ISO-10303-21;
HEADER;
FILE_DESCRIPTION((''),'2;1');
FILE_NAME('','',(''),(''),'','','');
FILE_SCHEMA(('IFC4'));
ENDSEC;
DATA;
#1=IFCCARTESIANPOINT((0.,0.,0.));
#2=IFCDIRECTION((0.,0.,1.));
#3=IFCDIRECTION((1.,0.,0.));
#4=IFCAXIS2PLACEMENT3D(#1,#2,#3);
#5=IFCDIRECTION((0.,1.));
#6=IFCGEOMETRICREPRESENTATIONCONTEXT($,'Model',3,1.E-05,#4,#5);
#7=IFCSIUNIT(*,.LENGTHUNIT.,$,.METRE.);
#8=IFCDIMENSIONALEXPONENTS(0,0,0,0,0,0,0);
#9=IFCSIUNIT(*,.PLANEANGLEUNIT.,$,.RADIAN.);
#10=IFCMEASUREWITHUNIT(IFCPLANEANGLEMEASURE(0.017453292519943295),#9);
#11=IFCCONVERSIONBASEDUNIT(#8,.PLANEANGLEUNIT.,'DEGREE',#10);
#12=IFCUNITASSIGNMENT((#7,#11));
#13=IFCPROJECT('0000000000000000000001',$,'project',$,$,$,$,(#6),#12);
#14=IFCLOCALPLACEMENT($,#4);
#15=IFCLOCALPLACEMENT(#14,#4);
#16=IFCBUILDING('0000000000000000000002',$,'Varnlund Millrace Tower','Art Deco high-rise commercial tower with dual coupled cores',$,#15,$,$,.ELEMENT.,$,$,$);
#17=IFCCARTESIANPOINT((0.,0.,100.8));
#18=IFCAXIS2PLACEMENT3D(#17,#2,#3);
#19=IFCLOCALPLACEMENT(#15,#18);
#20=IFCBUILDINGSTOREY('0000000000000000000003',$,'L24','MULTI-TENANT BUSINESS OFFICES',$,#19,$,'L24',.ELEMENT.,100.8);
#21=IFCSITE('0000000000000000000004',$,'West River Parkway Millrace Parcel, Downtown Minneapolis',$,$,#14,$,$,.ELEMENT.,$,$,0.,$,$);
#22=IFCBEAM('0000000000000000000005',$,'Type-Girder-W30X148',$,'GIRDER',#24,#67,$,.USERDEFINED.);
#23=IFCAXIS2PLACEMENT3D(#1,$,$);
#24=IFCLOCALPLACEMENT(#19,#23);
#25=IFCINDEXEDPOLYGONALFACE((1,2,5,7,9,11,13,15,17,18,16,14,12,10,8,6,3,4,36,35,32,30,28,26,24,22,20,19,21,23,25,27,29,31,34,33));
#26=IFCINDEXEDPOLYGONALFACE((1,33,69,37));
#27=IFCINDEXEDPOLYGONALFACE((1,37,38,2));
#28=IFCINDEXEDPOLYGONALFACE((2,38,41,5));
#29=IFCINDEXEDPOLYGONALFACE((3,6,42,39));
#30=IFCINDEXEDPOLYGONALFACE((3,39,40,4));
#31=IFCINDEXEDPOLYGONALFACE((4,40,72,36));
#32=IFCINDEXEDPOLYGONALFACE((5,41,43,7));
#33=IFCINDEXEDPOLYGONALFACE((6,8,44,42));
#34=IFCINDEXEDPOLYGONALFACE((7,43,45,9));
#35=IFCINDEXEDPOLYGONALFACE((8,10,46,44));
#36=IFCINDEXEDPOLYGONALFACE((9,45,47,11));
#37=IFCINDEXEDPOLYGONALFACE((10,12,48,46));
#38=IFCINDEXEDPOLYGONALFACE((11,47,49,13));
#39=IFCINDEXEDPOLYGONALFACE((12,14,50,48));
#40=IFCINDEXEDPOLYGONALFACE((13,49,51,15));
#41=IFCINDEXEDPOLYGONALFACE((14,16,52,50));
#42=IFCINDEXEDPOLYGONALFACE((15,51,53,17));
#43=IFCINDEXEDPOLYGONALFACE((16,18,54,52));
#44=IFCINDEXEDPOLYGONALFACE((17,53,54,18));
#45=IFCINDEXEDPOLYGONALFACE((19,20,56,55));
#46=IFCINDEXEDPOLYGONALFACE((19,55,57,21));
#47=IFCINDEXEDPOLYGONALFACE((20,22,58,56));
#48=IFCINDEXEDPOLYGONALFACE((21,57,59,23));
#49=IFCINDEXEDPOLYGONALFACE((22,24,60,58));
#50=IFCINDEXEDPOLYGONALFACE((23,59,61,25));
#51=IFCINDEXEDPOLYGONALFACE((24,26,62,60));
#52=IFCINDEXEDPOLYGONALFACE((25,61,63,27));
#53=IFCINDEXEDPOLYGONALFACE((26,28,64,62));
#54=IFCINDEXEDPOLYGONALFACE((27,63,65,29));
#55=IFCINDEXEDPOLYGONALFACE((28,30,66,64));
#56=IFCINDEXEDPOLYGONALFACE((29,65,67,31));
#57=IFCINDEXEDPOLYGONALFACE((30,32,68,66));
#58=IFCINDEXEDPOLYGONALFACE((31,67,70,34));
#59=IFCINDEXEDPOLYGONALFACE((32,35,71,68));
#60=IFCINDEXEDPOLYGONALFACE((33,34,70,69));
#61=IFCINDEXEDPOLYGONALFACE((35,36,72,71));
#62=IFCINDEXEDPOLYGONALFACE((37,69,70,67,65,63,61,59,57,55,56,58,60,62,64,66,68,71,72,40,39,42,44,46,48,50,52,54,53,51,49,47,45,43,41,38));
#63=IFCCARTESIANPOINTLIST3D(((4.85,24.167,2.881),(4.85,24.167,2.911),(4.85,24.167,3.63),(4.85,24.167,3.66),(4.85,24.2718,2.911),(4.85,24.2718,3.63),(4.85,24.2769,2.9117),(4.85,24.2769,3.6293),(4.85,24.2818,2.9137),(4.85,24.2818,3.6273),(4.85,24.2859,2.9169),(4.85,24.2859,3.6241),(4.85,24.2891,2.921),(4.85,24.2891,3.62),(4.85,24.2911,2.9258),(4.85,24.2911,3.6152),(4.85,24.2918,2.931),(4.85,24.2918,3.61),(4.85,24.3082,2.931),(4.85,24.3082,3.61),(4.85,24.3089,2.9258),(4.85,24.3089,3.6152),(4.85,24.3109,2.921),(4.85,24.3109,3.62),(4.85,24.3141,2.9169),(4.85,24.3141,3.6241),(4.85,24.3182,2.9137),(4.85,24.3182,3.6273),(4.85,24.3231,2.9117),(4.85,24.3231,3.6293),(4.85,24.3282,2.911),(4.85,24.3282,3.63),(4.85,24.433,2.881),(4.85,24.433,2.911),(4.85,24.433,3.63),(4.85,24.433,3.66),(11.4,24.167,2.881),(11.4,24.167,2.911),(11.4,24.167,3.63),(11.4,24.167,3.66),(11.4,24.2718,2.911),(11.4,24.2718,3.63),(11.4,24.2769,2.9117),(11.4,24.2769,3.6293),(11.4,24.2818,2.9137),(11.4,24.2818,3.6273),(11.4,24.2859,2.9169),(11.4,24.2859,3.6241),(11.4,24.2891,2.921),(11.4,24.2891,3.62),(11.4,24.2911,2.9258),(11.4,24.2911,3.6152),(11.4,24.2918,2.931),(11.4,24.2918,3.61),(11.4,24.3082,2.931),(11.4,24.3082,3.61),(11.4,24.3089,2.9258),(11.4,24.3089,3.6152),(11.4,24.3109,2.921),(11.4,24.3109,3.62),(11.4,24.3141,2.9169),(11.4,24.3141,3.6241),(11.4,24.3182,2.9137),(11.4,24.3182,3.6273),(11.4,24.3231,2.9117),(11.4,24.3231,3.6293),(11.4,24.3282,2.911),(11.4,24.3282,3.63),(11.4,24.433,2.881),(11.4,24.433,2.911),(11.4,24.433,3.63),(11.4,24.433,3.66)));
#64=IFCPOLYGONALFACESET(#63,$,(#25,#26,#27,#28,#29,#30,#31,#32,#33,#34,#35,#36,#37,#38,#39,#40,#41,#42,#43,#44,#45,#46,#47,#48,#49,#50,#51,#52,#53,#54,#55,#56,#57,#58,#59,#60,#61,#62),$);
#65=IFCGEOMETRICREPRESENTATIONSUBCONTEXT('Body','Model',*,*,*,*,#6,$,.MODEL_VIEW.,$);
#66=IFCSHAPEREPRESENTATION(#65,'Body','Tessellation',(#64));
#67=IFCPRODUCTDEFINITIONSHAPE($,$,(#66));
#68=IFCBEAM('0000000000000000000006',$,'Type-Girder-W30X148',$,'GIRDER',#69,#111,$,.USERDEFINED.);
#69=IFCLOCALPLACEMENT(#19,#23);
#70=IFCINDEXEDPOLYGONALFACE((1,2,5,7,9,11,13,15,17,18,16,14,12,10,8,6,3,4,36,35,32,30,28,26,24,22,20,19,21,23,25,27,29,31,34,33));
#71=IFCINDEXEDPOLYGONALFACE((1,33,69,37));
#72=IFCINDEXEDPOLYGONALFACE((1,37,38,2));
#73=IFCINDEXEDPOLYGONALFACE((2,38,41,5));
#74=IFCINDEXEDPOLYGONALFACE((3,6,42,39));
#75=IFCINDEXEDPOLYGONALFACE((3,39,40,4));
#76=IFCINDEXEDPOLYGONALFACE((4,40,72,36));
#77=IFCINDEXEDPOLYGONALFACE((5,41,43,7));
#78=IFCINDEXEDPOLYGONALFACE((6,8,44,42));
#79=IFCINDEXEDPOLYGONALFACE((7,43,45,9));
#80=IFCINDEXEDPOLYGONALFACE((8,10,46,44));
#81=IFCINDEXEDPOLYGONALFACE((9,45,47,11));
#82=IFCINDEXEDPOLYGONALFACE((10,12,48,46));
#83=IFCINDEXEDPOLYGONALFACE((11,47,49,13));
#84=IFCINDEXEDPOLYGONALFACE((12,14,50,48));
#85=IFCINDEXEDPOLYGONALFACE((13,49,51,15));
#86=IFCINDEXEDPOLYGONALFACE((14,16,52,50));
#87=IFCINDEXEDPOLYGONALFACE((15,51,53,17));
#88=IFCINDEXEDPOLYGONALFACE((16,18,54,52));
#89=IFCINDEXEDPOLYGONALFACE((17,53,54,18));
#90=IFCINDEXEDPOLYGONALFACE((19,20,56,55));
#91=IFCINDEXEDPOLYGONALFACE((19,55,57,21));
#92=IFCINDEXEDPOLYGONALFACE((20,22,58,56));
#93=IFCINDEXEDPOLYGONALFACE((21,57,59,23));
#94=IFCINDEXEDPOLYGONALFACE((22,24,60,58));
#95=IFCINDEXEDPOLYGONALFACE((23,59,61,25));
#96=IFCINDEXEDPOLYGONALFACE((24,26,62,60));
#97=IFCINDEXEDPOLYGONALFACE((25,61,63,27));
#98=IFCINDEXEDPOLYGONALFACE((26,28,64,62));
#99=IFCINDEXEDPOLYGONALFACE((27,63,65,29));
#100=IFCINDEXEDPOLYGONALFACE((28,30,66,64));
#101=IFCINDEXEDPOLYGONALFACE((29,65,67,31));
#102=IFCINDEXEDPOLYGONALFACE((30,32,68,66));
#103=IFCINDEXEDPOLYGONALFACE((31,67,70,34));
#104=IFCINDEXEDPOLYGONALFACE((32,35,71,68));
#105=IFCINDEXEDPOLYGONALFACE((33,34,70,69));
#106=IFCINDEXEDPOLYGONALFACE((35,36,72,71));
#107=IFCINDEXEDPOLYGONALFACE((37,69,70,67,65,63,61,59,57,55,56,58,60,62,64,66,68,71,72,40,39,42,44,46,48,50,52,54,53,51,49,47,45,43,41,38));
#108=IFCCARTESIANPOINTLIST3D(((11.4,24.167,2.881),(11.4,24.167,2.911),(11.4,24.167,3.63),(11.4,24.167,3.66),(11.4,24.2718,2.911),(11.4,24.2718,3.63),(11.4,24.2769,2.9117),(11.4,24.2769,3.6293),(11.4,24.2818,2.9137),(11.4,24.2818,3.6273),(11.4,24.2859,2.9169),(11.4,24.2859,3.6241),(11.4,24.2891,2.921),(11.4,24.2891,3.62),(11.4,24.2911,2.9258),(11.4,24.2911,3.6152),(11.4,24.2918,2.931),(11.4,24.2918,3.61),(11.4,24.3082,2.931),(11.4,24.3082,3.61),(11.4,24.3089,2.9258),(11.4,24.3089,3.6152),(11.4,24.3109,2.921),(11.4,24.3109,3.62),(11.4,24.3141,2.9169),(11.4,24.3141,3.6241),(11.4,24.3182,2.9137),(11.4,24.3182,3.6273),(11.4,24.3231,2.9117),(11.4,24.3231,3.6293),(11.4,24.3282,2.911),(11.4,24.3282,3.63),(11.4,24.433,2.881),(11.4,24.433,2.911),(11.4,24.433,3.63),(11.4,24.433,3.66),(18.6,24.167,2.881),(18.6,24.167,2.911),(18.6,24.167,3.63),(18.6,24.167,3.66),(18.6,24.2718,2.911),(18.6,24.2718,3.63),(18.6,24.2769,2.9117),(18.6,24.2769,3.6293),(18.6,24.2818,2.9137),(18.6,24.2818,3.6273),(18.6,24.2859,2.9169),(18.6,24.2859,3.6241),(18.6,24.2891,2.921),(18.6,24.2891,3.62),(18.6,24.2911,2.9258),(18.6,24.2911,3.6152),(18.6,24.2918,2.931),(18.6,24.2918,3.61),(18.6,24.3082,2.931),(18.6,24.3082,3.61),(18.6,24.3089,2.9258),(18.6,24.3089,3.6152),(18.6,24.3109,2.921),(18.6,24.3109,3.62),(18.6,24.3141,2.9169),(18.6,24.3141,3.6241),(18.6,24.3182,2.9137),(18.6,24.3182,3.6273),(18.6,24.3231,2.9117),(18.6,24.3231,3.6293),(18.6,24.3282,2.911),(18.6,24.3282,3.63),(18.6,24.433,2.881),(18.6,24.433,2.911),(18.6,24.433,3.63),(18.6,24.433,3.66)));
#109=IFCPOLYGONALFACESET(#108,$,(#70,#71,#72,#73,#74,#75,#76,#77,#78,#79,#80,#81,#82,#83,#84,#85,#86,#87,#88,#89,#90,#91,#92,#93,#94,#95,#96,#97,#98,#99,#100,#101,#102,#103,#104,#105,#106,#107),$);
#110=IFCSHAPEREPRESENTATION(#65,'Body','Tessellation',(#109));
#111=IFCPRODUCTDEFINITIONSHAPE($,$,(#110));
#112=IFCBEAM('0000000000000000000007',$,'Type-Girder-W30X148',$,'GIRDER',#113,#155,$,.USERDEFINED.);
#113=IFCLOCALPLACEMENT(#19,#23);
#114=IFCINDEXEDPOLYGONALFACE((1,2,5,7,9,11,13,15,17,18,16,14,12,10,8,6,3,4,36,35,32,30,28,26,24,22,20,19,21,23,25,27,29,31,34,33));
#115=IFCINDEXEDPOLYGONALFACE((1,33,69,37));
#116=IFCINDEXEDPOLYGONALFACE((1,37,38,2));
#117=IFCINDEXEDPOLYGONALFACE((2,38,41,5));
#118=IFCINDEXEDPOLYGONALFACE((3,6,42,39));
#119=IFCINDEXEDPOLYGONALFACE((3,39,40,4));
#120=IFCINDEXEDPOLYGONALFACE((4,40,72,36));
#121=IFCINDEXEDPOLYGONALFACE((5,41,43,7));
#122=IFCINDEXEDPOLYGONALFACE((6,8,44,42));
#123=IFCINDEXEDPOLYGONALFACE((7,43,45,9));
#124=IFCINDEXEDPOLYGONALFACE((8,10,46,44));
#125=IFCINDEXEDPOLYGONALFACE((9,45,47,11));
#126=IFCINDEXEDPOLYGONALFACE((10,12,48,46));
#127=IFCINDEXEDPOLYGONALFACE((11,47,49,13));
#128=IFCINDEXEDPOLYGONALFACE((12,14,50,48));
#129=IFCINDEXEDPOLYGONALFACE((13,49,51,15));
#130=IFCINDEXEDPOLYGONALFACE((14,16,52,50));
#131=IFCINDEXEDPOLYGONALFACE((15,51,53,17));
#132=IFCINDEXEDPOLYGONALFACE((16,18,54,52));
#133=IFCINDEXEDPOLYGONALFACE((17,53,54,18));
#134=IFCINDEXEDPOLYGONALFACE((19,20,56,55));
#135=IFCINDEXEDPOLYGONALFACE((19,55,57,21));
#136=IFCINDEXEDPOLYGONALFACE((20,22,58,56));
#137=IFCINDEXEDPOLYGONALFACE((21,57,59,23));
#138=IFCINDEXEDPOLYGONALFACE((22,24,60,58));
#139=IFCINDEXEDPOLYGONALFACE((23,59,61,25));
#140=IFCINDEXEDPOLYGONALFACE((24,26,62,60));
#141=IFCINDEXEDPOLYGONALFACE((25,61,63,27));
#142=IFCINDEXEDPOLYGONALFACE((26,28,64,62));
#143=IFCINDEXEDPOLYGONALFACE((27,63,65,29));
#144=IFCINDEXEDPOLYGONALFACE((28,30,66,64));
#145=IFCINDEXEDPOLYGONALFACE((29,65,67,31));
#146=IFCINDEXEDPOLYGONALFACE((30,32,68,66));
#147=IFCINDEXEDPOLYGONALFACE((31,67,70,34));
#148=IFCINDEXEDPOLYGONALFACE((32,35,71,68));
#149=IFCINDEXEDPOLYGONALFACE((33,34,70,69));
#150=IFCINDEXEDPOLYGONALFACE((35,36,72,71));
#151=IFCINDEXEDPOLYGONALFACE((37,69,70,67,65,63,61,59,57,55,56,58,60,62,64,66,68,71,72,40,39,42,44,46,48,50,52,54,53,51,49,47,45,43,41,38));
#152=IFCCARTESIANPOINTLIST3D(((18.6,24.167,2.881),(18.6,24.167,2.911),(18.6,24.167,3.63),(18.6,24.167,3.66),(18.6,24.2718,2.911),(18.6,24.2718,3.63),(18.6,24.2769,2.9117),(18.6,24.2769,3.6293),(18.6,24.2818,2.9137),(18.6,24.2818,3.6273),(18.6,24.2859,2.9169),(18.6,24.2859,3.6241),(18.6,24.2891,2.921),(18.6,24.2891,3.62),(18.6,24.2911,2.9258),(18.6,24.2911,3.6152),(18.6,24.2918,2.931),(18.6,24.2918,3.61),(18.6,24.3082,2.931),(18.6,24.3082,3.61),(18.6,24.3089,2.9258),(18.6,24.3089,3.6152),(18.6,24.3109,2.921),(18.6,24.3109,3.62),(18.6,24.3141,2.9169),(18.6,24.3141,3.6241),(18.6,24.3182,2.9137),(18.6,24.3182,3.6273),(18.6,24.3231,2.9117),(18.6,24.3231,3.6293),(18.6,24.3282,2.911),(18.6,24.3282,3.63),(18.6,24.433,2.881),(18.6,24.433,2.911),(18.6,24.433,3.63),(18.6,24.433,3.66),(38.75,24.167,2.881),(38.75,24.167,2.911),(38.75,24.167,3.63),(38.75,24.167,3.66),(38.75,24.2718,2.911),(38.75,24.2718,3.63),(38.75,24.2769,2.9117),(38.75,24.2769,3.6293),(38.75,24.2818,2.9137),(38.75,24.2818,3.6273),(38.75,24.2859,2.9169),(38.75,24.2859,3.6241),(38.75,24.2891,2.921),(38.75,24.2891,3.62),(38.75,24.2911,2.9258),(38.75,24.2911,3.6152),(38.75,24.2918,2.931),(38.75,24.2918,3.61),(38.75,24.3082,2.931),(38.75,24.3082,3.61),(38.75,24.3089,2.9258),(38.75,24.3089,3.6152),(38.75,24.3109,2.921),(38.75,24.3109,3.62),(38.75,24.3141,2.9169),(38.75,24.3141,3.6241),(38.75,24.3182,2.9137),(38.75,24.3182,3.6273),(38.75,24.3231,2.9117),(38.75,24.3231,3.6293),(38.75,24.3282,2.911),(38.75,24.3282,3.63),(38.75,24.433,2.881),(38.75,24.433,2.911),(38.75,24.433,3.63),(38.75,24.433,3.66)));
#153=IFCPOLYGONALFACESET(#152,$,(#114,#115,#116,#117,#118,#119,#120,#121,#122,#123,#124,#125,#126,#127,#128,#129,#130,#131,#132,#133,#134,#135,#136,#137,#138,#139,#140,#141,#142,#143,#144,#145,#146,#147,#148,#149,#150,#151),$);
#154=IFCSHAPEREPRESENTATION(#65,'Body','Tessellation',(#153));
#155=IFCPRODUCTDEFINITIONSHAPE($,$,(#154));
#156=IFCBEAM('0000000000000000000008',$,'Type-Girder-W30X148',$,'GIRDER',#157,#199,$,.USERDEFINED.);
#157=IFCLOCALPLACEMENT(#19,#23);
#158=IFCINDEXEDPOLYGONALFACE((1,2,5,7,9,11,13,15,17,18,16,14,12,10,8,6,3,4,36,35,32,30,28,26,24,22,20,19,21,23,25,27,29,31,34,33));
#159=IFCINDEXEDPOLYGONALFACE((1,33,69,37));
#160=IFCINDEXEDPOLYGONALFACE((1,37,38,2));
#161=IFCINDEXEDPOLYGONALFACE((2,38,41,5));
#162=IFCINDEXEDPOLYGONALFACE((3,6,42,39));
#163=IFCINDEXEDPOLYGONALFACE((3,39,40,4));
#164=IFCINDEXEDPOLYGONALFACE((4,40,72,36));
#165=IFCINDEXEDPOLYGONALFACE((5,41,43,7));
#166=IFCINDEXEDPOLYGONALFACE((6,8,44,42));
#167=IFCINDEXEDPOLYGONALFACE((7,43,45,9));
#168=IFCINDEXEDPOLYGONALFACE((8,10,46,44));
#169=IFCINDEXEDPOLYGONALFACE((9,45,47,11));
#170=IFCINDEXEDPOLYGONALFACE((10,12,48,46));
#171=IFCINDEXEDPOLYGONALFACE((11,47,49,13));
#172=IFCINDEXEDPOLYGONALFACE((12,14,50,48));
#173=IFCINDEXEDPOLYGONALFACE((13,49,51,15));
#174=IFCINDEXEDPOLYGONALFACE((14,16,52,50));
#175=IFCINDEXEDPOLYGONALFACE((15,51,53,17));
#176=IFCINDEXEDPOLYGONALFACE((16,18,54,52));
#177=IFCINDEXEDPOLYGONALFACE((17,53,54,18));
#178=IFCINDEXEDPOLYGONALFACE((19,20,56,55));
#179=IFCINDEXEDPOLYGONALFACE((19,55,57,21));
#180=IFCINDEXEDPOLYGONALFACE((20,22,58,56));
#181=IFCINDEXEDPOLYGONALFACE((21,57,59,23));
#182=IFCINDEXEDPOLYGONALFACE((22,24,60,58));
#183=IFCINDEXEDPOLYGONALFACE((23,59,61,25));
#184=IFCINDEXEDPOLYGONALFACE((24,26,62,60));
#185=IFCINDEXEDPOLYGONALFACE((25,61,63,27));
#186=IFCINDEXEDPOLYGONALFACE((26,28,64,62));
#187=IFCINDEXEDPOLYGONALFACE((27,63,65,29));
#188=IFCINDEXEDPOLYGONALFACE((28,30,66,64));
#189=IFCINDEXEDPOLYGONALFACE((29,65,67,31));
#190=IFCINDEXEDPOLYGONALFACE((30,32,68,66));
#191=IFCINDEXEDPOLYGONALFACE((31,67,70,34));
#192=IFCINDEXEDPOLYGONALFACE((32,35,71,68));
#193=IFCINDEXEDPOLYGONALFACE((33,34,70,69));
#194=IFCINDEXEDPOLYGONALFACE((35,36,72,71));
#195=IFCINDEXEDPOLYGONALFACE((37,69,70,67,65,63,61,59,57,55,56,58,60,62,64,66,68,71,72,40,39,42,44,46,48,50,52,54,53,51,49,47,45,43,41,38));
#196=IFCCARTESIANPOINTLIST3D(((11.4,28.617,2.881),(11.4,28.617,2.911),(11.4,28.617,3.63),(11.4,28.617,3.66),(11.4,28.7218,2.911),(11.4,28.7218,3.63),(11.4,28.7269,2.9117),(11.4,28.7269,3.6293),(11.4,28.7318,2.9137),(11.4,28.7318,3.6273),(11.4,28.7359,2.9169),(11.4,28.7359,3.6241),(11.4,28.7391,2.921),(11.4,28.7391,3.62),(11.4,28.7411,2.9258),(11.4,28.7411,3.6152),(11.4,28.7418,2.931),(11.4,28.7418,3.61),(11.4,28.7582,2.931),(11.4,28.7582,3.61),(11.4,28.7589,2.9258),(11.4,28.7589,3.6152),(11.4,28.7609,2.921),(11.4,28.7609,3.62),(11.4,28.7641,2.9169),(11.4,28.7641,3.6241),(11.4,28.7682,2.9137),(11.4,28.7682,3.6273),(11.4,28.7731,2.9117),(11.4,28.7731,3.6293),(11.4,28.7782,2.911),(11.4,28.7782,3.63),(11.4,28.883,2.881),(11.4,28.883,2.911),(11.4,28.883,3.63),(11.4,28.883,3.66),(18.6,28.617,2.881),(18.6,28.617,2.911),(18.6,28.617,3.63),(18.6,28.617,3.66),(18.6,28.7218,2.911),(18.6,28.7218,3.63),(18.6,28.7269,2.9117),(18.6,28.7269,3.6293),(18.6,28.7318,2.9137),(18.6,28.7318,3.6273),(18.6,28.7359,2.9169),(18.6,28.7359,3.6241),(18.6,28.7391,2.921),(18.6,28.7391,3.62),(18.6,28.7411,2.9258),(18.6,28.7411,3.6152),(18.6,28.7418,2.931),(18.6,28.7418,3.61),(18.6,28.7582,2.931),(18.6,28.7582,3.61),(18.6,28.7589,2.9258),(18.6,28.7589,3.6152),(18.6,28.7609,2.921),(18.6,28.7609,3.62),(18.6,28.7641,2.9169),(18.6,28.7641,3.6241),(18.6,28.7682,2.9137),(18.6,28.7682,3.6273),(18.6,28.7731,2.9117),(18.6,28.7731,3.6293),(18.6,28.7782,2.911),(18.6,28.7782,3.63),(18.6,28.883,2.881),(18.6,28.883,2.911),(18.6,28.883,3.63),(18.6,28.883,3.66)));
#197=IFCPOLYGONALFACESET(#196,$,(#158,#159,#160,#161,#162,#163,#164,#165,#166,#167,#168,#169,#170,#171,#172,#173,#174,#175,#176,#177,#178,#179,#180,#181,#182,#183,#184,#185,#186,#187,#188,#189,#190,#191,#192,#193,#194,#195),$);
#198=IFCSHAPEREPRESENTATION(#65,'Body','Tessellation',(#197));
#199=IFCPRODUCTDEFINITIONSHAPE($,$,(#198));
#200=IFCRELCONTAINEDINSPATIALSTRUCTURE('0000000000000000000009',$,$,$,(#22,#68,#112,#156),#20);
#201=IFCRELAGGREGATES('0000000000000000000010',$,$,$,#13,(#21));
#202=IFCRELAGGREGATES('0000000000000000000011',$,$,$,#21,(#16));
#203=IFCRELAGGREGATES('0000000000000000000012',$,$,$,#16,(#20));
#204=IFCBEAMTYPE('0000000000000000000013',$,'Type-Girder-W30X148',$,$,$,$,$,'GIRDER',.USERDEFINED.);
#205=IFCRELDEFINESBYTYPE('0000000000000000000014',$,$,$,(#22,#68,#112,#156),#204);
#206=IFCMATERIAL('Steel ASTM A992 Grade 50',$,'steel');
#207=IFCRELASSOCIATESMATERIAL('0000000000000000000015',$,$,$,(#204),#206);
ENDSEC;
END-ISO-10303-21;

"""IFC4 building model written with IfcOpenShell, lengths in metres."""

from ifc_helpers import new_model, entity, si_unit, converted_unit, direction, frame, origin_with_axes, origin_2d_with_axis, place, context, subcontext, project, spatial, i_section, extrude, material, material_profile, profile_set, type_object, element, save


model = new_model("IFC4")

# Units and contexts
model_context = context("Model", 3, precision=1e-05, world=origin_with_axes(), true_north=direction((0.0, 1.0)))
body_context = subcontext(model_context, "Body", "Model", "MODEL_VIEW")
ifc_project = project(units=[si_unit("LENGTHUNIT", "METRE"), converted_unit("PLANEANGLEUNIT", "DEGREE", entity("IfcPlaneAngleMeasure", 0.017453292519943295), si_unit("PLANEANGLEUNIT", "RADIAN"), dimensions=[0, 0, 0, 0, 0, 0, 0])], contexts=[model_context])

# Site, building, storey
site_placement = place(None, origin_with_axes())
site = spatial("IfcSite", under=ifc_project, at=site_placement, Name="West River Parkway Millrace Parcel, Downtown Minneapolis", CompositionType="ELEMENT", RefElevation=0.0)
building_placement = place(site_placement, origin_with_axes())
building = spatial("IfcBuilding", under=site, at=building_placement, Name="Varnlund Millrace Tower", Description="Art Deco high-rise commercial tower with dual coupled cores", CompositionType="ELEMENT")
storey_placement = place(building_placement, frame((0.0, 0.0, 100.8), z_axis=(0.0, 0.0, 1.0), x_axis=(1.0, 0.0, 0.0)))
storey = spatial("IfcBuildingStorey", under=building, at=storey_placement, Name="L24", Description="MULTI-TENANT BUSINESS OFFICES", LongName="L24", CompositionType="ELEMENT", Elevation=100.8)

# Beams
ifc_material_1 = material(Name="Steel ASTM A992 Grade 50", Category="steel")
ifc_material_profile_1 = material_profile(ifc_material_1, i_section(OverallWidth=0.266, OverallDepth=0.779, WebThickness=0.0165, FlangeThickness=0.03, FilletRadius=0.02, at=origin_2d_with_axis()), Name="Steel ASTM A992 Grade 50")
ifc_profile_set_1 = profile_set([ifc_material_profile_1], Name="Steel ASTM A992 Grade 50")
beam_type_1 = type_object("IfcBeamType", Name="Type-Girder-W30X148", ElementType="GIRDER", PredefinedType="USERDEFINED", material=ifc_profile_set_1)
beam_1_placement = place(storey_placement, frame((4.85, 24.3, 3.2705), z_axis=(1.0, 0.0, 0.0), x_axis=(0.0, 1.0, 0.0)))
element("IfcBeam", 1, at=beam_1_placement, inside=storey, type_object=beam_type_1, Name="Type-Girder-W30X148", ObjectType="GIRDER", PredefinedType="USERDEFINED", context=body_context, shape_type="SweptSolid", body=[
    extrude(i_section(OverallWidth=0.266, OverallDepth=0.779, WebThickness=0.0165, FlangeThickness=0.03, FilletRadius=0.02, at=origin_2d_with_axis()), origin_with_axes(), (0.0, 0.0, 1.0), 6.55),
])
beam_2_placement = place(storey_placement, frame((11.4, 24.3, 3.2705), z_axis=(1.0, 0.0, 0.0), x_axis=(0.0, 1.0, 0.0)))
element("IfcBeam", 2, at=beam_2_placement, inside=storey, type_object=beam_type_1, Name="Type-Girder-W30X148", ObjectType="GIRDER", PredefinedType="USERDEFINED", context=body_context, shape_type="SweptSolid", body=[
    extrude(i_section(OverallWidth=0.266, OverallDepth=0.779, WebThickness=0.0165, FlangeThickness=0.03, FilletRadius=0.02, at=origin_2d_with_axis()), origin_with_axes(), (0.0, 0.0, 1.0), 7.2),
])
beam_3_placement = place(storey_placement, frame((18.6, 24.3, 3.2705), z_axis=(1.0, 0.0, 0.0), x_axis=(0.0, 1.0, 0.0)))
element("IfcBeam", 3, at=beam_3_placement, inside=storey, type_object=beam_type_1, Name="Type-Girder-W30X148", ObjectType="GIRDER", PredefinedType="USERDEFINED", context=body_context, shape_type="SweptSolid", body=[
    extrude(i_section(OverallWidth=0.266, OverallDepth=0.779, WebThickness=0.0165, FlangeThickness=0.03, FilletRadius=0.02, at=origin_2d_with_axis()), origin_with_axes(), (0.0, 0.0, 1.0), 20.15),
])
beam_4_placement = place(storey_placement, frame((11.4, 28.75, 3.2705), z_axis=(1.0, 0.0, 0.0), x_axis=(0.0, 1.0, 0.0)))
element("IfcBeam", 4, at=beam_4_placement, inside=storey, type_object=beam_type_1, Name="Type-Girder-W30X148", ObjectType="GIRDER", PredefinedType="USERDEFINED", context=body_context, shape_type="SweptSolid", body=[
    extrude(i_section(OverallWidth=0.266, OverallDepth=0.779, WebThickness=0.0165, FlangeThickness=0.03, FilletRadius=0.02, at=origin_2d_with_axis()), origin_with_axes(), (0.0, 0.0, 1.0), 7.2),
])

save(model, "model.ifc")
